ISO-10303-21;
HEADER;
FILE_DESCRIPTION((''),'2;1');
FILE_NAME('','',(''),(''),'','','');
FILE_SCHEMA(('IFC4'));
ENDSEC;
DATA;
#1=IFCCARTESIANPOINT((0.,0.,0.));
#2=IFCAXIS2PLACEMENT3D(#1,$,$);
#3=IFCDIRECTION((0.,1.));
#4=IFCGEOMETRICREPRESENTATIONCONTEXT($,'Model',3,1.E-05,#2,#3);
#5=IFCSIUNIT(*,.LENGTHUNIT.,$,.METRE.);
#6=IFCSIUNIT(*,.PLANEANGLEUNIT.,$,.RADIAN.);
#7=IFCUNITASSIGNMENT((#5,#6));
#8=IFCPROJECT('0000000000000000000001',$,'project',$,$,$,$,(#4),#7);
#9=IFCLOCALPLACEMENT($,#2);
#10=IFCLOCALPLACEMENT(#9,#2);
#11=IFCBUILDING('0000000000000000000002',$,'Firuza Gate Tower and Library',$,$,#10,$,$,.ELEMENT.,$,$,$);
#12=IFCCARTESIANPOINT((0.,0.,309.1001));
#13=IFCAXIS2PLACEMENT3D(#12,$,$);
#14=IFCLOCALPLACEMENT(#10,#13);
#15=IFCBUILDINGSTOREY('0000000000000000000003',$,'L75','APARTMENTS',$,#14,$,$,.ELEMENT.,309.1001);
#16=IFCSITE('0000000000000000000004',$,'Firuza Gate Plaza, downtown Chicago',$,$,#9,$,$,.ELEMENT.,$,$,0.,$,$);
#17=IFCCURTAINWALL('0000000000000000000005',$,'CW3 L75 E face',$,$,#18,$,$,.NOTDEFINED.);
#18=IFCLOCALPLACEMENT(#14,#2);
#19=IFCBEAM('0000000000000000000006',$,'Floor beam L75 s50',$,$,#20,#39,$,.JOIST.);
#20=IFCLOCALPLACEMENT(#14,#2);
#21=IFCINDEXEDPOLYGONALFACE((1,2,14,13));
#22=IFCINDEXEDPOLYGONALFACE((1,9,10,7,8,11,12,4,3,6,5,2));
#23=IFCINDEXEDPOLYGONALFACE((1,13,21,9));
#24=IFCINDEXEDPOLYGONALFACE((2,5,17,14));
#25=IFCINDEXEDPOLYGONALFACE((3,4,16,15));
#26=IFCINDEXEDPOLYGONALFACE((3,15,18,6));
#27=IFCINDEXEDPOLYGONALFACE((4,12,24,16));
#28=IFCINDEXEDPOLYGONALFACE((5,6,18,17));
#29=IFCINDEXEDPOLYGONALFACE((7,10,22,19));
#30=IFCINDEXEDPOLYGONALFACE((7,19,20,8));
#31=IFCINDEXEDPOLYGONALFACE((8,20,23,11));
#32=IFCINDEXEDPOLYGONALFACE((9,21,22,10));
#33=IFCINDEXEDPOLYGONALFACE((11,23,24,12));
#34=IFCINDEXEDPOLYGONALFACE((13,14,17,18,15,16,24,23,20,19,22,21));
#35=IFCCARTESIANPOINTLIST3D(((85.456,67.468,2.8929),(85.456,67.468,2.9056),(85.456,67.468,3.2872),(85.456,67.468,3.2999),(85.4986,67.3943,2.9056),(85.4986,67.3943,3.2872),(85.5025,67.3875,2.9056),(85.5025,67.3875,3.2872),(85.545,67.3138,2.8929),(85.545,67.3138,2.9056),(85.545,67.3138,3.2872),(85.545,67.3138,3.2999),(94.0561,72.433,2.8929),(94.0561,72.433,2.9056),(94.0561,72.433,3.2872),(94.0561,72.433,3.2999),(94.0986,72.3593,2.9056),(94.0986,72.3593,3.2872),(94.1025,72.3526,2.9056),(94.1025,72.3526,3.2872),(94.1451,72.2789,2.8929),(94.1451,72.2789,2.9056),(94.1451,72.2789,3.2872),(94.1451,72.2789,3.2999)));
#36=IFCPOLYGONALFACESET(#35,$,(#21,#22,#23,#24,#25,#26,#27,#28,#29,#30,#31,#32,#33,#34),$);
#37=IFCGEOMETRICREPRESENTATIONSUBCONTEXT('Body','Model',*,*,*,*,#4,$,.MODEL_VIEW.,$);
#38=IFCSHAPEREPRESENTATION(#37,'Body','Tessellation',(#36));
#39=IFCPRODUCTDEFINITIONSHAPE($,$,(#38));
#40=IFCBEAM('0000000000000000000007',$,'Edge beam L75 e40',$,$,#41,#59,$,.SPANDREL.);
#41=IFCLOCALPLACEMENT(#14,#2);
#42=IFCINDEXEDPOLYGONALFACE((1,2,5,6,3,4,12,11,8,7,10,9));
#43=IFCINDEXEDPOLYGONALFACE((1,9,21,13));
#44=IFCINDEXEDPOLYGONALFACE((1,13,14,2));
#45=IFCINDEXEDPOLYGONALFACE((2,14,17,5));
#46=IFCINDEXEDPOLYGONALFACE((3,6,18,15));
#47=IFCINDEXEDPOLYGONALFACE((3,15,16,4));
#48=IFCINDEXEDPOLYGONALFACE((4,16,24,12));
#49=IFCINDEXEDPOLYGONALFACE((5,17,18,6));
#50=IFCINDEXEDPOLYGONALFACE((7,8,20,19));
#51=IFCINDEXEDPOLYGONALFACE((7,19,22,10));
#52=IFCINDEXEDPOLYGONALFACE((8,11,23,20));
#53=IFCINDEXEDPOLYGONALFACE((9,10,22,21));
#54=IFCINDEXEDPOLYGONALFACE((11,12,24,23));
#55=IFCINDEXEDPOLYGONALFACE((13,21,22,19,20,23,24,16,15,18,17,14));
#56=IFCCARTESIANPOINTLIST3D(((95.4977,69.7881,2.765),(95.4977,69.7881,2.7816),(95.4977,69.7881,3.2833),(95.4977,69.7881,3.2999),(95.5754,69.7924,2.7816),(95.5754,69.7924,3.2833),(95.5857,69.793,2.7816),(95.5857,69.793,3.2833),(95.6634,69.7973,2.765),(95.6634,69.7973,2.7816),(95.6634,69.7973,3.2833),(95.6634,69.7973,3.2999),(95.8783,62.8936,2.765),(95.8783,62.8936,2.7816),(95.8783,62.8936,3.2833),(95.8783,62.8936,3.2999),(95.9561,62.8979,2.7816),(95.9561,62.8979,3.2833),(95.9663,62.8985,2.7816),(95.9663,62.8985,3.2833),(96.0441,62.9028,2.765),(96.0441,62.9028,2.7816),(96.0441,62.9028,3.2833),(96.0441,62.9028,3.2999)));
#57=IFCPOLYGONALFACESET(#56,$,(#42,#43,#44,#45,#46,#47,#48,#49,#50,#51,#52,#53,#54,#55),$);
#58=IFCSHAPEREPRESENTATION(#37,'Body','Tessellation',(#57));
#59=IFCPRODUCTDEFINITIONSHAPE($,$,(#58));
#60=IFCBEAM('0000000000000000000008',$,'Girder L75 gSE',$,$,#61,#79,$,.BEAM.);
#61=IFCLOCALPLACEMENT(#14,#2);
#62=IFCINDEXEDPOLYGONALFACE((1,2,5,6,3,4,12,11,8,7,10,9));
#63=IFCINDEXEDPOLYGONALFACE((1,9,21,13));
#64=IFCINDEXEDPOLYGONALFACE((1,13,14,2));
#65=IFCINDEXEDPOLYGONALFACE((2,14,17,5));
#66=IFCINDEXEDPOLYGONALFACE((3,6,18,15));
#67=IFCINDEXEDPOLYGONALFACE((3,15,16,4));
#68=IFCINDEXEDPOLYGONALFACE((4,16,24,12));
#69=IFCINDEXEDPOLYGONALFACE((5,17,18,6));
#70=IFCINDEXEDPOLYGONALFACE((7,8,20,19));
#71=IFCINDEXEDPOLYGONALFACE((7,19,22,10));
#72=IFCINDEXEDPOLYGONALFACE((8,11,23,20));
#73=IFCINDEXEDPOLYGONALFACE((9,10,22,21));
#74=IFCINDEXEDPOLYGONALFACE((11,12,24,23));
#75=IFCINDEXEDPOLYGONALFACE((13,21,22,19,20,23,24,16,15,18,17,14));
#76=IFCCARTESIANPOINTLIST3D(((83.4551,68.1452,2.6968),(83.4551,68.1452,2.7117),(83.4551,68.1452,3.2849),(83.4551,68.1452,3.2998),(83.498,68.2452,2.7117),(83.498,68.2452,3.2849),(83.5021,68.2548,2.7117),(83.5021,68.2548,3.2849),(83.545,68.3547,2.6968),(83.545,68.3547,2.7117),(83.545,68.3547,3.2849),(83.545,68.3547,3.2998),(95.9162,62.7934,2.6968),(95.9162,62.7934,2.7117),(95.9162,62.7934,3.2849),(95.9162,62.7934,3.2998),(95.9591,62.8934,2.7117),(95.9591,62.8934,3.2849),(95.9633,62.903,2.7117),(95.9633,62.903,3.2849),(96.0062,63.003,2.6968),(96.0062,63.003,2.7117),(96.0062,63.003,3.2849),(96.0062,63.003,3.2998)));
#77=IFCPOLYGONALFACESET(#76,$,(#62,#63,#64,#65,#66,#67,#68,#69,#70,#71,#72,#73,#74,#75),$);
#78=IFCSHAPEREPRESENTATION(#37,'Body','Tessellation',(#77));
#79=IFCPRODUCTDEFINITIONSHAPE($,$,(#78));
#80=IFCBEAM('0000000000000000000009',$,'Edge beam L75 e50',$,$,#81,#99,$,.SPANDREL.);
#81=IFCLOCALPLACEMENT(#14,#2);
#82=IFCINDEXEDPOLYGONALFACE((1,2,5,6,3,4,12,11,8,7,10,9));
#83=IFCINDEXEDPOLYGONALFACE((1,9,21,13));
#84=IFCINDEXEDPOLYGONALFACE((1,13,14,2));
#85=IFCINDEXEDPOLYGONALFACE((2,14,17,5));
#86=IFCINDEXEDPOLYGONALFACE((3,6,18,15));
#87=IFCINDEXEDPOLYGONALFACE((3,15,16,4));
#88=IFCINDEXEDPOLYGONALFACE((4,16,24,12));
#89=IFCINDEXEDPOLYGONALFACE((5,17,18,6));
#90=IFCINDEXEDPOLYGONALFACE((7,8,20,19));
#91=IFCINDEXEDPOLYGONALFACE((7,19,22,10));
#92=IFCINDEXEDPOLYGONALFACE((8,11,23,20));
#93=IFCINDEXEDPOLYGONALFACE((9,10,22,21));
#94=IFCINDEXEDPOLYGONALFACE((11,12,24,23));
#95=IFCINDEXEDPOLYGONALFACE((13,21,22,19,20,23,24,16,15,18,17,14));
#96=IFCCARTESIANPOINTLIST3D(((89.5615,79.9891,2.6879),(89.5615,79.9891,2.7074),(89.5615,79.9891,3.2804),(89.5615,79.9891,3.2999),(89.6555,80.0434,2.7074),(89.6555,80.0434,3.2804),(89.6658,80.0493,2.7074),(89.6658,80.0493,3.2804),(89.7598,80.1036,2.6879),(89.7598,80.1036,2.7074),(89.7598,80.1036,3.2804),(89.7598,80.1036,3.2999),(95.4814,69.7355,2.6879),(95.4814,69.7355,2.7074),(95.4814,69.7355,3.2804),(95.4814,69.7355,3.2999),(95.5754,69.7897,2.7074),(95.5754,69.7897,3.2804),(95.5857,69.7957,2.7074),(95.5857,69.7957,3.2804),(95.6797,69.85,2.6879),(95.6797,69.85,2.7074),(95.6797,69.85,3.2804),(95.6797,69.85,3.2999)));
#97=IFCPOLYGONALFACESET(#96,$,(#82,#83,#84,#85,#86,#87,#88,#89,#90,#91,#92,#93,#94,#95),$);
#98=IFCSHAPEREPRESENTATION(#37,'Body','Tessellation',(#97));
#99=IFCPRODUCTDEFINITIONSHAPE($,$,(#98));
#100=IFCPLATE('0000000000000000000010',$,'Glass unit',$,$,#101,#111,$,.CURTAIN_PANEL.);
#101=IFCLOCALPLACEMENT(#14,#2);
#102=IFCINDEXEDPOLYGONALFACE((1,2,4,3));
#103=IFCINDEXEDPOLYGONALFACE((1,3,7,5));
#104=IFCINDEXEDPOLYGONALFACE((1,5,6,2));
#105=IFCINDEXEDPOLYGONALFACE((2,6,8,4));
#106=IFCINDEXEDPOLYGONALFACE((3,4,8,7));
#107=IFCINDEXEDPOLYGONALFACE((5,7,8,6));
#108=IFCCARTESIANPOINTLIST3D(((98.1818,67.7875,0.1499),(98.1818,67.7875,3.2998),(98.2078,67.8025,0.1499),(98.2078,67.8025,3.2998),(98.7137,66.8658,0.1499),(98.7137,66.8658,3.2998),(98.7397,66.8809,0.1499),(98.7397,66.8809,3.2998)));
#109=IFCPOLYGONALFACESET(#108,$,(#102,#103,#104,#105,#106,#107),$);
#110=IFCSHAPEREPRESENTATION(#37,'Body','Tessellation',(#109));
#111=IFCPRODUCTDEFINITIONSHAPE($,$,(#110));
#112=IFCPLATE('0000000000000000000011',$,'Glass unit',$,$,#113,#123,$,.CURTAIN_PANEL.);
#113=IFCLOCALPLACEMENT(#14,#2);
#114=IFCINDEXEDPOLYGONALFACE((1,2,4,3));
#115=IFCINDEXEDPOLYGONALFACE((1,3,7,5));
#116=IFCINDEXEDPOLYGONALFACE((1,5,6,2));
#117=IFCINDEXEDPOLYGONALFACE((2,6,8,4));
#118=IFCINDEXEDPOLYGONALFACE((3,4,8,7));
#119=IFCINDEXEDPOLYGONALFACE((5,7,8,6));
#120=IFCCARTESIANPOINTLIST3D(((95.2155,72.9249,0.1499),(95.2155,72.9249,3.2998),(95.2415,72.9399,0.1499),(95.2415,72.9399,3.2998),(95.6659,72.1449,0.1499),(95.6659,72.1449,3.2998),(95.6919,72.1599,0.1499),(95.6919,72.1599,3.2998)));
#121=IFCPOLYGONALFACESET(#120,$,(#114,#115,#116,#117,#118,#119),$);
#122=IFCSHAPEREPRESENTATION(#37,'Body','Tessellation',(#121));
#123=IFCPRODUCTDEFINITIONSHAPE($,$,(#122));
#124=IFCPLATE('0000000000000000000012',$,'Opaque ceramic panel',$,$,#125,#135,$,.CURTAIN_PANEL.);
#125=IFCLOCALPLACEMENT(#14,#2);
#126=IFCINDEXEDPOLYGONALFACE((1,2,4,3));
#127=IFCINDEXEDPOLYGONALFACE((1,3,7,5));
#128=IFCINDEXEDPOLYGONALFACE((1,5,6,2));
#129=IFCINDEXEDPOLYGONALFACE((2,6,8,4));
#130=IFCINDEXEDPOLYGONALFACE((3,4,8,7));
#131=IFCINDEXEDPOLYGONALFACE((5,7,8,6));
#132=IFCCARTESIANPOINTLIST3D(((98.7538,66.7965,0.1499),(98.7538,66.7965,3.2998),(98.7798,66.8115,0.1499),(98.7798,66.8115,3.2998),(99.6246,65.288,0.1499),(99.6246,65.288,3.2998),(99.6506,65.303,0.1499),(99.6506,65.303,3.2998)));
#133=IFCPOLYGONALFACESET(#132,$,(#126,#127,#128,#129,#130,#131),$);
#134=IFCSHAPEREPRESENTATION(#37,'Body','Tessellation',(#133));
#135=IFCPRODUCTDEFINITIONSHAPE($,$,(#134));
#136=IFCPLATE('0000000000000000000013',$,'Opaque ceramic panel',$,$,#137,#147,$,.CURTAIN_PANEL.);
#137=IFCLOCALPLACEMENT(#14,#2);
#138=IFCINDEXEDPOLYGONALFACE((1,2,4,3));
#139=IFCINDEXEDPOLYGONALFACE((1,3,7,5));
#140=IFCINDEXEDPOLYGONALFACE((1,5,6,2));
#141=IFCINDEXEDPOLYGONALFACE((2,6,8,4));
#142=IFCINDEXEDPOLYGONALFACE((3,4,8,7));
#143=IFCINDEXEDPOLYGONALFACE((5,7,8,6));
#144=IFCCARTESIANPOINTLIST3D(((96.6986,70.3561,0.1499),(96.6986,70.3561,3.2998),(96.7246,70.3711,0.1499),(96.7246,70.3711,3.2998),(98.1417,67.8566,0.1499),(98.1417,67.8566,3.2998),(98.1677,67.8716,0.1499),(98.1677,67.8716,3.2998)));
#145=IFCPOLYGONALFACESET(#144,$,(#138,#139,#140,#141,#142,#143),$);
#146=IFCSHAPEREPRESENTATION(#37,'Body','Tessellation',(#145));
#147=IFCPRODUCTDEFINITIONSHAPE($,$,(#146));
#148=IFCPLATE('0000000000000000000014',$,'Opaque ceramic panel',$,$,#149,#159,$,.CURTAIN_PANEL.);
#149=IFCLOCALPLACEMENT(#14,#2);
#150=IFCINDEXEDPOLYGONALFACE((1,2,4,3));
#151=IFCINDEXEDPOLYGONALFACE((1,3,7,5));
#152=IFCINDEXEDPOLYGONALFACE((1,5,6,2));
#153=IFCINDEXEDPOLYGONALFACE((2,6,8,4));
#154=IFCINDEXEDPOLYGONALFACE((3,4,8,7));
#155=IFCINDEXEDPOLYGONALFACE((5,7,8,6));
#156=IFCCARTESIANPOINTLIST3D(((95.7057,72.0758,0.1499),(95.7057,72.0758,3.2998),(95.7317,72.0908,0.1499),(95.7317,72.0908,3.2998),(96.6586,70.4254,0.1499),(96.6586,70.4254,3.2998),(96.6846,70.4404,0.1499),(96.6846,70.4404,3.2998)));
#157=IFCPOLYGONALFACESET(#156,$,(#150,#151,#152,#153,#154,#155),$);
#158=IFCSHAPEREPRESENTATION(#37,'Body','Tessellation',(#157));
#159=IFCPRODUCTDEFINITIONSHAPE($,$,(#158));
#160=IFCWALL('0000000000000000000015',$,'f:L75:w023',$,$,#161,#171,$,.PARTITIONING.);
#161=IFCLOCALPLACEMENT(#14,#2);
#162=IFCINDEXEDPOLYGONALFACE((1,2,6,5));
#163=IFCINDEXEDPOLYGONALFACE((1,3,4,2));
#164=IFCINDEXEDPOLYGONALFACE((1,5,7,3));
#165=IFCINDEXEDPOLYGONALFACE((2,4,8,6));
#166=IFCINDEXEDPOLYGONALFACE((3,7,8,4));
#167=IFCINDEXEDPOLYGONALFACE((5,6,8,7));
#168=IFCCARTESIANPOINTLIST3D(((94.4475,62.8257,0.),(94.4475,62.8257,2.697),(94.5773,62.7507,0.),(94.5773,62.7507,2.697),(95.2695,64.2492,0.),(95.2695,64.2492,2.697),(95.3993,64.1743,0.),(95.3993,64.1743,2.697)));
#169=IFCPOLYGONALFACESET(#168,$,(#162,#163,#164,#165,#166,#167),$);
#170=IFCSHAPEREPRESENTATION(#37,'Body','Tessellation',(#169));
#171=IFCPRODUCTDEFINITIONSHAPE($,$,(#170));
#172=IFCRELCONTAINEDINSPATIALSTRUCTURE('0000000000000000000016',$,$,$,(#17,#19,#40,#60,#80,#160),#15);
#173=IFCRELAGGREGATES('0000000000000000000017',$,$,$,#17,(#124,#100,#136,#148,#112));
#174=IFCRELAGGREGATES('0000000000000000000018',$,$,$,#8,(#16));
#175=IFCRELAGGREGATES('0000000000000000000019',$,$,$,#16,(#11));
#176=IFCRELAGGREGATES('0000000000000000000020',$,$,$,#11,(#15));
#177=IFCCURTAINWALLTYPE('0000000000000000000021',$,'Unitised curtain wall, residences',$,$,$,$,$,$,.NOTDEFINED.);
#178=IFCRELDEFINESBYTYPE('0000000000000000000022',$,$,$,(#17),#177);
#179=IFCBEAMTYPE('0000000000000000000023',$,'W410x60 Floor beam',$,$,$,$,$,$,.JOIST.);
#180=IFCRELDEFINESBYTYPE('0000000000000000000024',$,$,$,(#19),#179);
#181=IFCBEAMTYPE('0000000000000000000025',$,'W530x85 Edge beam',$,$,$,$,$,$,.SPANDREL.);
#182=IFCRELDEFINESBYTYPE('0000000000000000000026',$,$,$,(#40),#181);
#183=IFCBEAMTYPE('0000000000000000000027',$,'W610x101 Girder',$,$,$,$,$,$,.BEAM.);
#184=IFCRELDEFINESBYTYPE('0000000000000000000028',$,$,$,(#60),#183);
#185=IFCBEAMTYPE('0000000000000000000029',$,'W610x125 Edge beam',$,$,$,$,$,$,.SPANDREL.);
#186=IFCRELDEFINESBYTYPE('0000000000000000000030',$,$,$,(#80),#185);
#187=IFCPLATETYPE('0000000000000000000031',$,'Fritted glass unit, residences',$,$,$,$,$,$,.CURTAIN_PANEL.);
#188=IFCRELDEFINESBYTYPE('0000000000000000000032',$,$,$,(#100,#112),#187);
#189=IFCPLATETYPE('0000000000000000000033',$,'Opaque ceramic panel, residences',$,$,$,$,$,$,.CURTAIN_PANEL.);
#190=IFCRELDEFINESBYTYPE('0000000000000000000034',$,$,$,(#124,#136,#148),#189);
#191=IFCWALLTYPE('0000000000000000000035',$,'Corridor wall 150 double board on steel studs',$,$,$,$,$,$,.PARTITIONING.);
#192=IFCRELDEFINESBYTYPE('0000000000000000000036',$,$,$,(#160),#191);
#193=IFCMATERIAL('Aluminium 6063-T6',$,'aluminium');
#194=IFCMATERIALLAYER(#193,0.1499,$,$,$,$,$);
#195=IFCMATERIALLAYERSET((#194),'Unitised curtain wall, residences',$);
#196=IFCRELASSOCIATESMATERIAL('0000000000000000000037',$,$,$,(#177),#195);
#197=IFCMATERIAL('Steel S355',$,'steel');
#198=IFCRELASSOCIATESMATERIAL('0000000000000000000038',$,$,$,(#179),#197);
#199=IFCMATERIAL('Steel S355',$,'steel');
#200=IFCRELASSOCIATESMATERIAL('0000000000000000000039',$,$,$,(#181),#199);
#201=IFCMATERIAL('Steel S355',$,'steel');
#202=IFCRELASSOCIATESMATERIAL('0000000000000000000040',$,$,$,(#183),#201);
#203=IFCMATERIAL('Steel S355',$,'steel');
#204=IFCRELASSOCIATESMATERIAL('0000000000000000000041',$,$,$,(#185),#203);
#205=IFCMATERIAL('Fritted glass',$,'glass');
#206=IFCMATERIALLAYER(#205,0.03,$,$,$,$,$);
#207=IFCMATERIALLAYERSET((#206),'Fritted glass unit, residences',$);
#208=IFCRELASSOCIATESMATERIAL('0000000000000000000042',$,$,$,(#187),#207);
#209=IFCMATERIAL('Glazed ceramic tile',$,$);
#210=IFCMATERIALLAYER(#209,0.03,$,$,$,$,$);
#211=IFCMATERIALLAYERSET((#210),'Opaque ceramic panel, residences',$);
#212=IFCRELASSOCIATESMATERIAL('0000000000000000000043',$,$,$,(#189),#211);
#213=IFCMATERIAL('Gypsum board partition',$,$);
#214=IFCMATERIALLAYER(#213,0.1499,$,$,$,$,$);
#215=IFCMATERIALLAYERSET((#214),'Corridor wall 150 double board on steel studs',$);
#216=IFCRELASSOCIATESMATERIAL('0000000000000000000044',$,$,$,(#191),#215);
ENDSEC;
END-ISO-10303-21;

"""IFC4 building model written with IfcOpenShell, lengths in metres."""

from ifc_helpers import new_model, si_unit, direction, frame, frame_2d, origin, origin_2d, place, context, subcontext, project, spatial, polyline, rectangle, i_section, outline, extrude, material, layer, layer_set, material_profile, profile_set, type_object, element, aggregate, save


model = new_model("IFC4")

# Units and contexts
model_context = context("Model", 3, precision=1e-05, world=origin(), true_north=direction((0.0, 1.0)))
body_context = subcontext(model_context, "Body", "Model", "MODEL_VIEW")
ifc_project = project(units=[si_unit("LENGTHUNIT", "METRE"), si_unit("PLANEANGLEUNIT", "RADIAN")], contexts=[model_context])

# Site, building, storey
site_placement = place(None, origin())
site = spatial("IfcSite", under=ifc_project, at=site_placement, Name="Firuza Gate Plaza, downtown Chicago", CompositionType="ELEMENT", RefElevation=0.0)
building_placement = place(site_placement, origin())
building = spatial("IfcBuilding", under=site, at=building_placement, Name="Firuza Gate Tower and Library", CompositionType="ELEMENT")
storey_placement = place(building_placement, frame((0.0, 0.0, 309.1001)))
storey = spatial("IfcBuildingStorey", under=building, at=storey_placement, Name="L75", Description="APARTMENTS", CompositionType="ELEMENT", Elevation=309.1001)

# Curtain wall
ifc_material_1 = material(Name="Aluminium 6063-T6", Category="aluminium")
ifc_layer_1 = layer(ifc_material_1, 0.1499)
ifc_layer_set_1 = layer_set([ifc_layer_1], Name="Unitised curtain wall, residences")
curtain_wall_type_1 = type_object("IfcCurtainWallType", Name="Unitised curtain wall, residences", PredefinedType="NOTDEFINED", material=ifc_layer_set_1)
placement = place(storey_placement, origin())
curtain_wall_1 = element("IfcCurtainWall", 1, at=placement, inside=storey, type_object=curtain_wall_type_1, Name="CW3 L75 E face", PredefinedType="NOTDEFINED")

# Beams
ifc_material_2 = material(Name="Steel S355", Category="steel")
ifc_material_profile_1 = material_profile(ifc_material_2, i_section(OverallWidth=0.178, OverallDepth=0.407, WebThickness=0.0078, FlangeThickness=0.0127, at=origin_2d()))
ifc_profile_set_1 = profile_set([ifc_material_profile_1], Name="Steel S355")
beam_type_1 = type_object("IfcBeamType", Name="W410x60 Floor beam", PredefinedType="JOIST", material=ifc_profile_set_1)
beam_1_placement = place(storey_placement, frame((94.1006, 72.356, 3.0964), z_axis=(-0.866033, -0.499986, 0.0), x_axis=(0.499986, -0.866033, 0.0)))
element("IfcBeam", 2, at=beam_1_placement, inside=storey, type_object=beam_type_1, Name="Floor beam L75 s50", PredefinedType="JOIST", context=body_context, shape_type="SweptSolid", body=[
    extrude(i_section(OverallWidth=0.178, OverallDepth=0.407, WebThickness=0.0078, FlangeThickness=0.0127, at=origin_2d()), origin(), (0.0, 0.0, 1.0), 9.9304),
])
ifc_material_3 = material(Name="Steel S355", Category="steel")
ifc_material_profile_2 = material_profile(ifc_material_3, i_section(OverallWidth=0.166, OverallDepth=0.5349, WebThickness=0.0103, FlangeThickness=0.0166, at=origin_2d()))
ifc_profile_set_2 = profile_set([ifc_material_profile_2], Name="Steel S355")
beam_type_2 = type_object("IfcBeamType", Name="W530x85 Edge beam", PredefinedType="SPANDREL", material=ifc_profile_set_2)
beam_2_placement = place(storey_placement, frame((95.9612, 62.8982, 3.0325), z_axis=(-0.055121, 0.99848, 0.0), x_axis=(-0.99848, -0.055121, 0.0)))
element("IfcBeam", 3, at=beam_2_placement, inside=storey, type_object=beam_type_2, Name="Edge beam L75 e40", PredefinedType="SPANDREL", context=body_context, shape_type="SweptSolid", body=[
    extrude(i_section(OverallWidth=0.166, OverallDepth=0.5349, WebThickness=0.0103, FlangeThickness=0.0166, at=origin_2d()), origin(), (0.0, 0.0, 1.0), 6.905),
])
ifc_material_4 = material(Name="Steel S355", Category="steel")
ifc_material_profile_3 = material_profile(ifc_material_4, i_section(OverallWidth=0.228, OverallDepth=0.603, WebThickness=0.0105, FlangeThickness=0.0149, at=origin_2d()))
ifc_profile_set_3 = profile_set([ifc_material_profile_3], Name="Steel S355")
beam_type_3 = type_object("IfcBeamType", Name="W610x101 Girder", PredefinedType="BEAM", material=ifc_profile_set_3)
beam_3_placement = place(storey_placement, frame((95.9612, 62.8982, 2.9983), z_axis=(-0.918843, 0.394623, 0.0), x_axis=(-0.394623, -0.918843, 0.0)))
element("IfcBeam", 4, at=beam_3_placement, inside=storey, type_object=beam_type_3, Name="Girder L75 gSE", PredefinedType="BEAM", context=body_context, shape_type="SweptSolid", body=[
    extrude(i_section(OverallWidth=0.228, OverallDepth=0.603, WebThickness=0.0105, FlangeThickness=0.0149, at=origin_2d()), origin(), (0.0, 0.0, 1.0), 13.5618),
])
ifc_material_5 = material(Name="Steel S355", Category="steel")
ifc_material_profile_4 = material_profile(ifc_material_5, i_section(OverallWidth=0.229, OverallDepth=0.6121, WebThickness=0.012, FlangeThickness=0.0195, at=origin_2d()))
ifc_profile_set_4 = profile_set([ifc_material_profile_4], Name="Steel S355")
beam_type_4 = type_object("IfcBeamType", Name="W610x125 Edge beam", PredefinedType="SPANDREL", material=ifc_profile_set_4)
beam_4_placement = place(storey_placement, frame((95.5806, 69.7927, 2.9939), z_axis=(-0.499998, 0.866027, 0.0), x_axis=(-0.866027, -0.499998, 0.0)))
element("IfcBeam", 5, at=beam_4_placement, inside=storey, type_object=beam_type_4, Name="Edge beam L75 e50", PredefinedType="SPANDREL", context=body_context, shape_type="SweptSolid", body=[
    extrude(i_section(OverallWidth=0.229, OverallDepth=0.6121, WebThickness=0.012, FlangeThickness=0.0195, at=origin_2d()), origin(), (0.0, 0.0, 1.0), 11.8398),
])

# Plates
ifc_material_6 = material(Name="Fritted glass", Category="glass")
ifc_layer_2 = layer(ifc_material_6, 0.03)
ifc_layer_set_2 = layer_set([ifc_layer_2], Name="Fritted glass unit, residences")
plate_type_1 = type_object("IfcPlateType", Name="Fritted glass unit, residences", PredefinedType="CURTAIN_PANEL", material=ifc_layer_set_2)
plate_1_placement = place(storey_placement, frame((98.7397, 66.8809, 0.1499), z_axis=(0.866075, 0.499914, 0.0), x_axis=(-0.499914, 0.866075, 0.0)))
plate_1 = element("IfcPlate", 6, at=plate_1_placement, type_object=plate_type_1, Name="Glass unit", PredefinedType="CURTAIN_PANEL", context=body_context, shape_type="SweptSolid", body=[
    extrude(outline(polyline([(0.0, 0.0), (1.0641, 0.0), (1.0641, 3.1499), (0.0, 3.1499), (0.0, 0.0)])), origin(), (0.0, 0.0, -1.0), 0.03),
])
plate_2_placement = place(storey_placement, frame((95.6919, 72.1599, 0.1499), z_axis=(0.865982, 0.500074, 0.0), x_axis=(-0.500074, 0.865982, 0.0)))
plate_2 = element("IfcPlate", 7, at=plate_2_placement, type_object=plate_type_1, Name="Glass unit", PredefinedType="CURTAIN_PANEL", context=body_context, shape_type="SweptSolid", body=[
    extrude(outline(polyline([(0.0, 0.0), (0.9007, 0.0), (0.9007, 3.1499), (0.0, 3.1499), (0.0, 0.0)])), origin(), (0.0, 0.0, -1.0), 0.03),
])
ifc_material_7 = material(Name="Glazed ceramic tile")
ifc_layer_3 = layer(ifc_material_7, 0.03)
ifc_layer_set_3 = layer_set([ifc_layer_3], Name="Opaque ceramic panel, residences")
plate_type_2 = type_object("IfcPlateType", Name="Opaque ceramic panel, residences", PredefinedType="CURTAIN_PANEL", material=ifc_layer_set_3)
plate_3_placement = place(storey_placement, frame((99.6506, 65.303, 0.1499), z_axis=(0.866053, 0.499953, 0.0), x_axis=(-0.499953, 0.866053, 0.0)))
plate_3 = element("IfcPlate", 8, at=plate_3_placement, type_object=plate_type_2, Name="Opaque ceramic panel", PredefinedType="CURTAIN_PANEL", context=body_context, shape_type="SweptSolid", body=[
    extrude(outline(polyline([(0.0, 0.0), (1.7419, 0.0), (1.7419, 3.1499), (0.0, 3.1499), (0.0, 0.0)])), origin(), (0.0, 0.0, -1.0), 0.03),
])
plate_4_placement = place(storey_placement, frame((98.1677, 67.8716, 0.1499), z_axis=(0.866022, 0.500006, 0.0), x_axis=(-0.500006, 0.866022, 0.0)))
plate_4 = element("IfcPlate", 9, at=plate_4_placement, type_object=plate_type_2, Name="Opaque ceramic panel", PredefinedType="CURTAIN_PANEL", context=body_context, shape_type="SweptSolid", body=[
    extrude(outline(polyline([(0.0, 0.0), (2.8862, 0.0), (2.8862, 3.1499), (0.0, 3.1499), (0.0, 0.0)])), origin(), (0.0, 0.0, -1.0), 0.03),
])
plate_5_placement = place(storey_placement, frame((96.6846, 70.4404, 0.1499), z_axis=(0.866019, 0.500011, 0.0), x_axis=(-0.500011, 0.866019, 0.0)))
plate_5 = element("IfcPlate", 10, at=plate_5_placement, type_object=plate_type_2, Name="Opaque ceramic panel", PredefinedType="CURTAIN_PANEL", context=body_context, shape_type="SweptSolid", body=[
    extrude(outline(polyline([(0.0, 0.0), (1.9057, 0.0), (1.9057, 3.1499), (0.0, 3.1499), (0.0, 0.0)])), origin(), (0.0, 0.0, -1.0), 0.03),
])
aggregate(curtain_wall_1, [plate_3, plate_1, plate_4, plate_5, plate_2])

# Wall
ifc_material_8 = material(Name="Gypsum board partition")
ifc_layer_4 = layer(ifc_material_8, 0.1499)
ifc_layer_set_4 = layer_set([ifc_layer_4], Name="Corridor wall 150 double board on steel studs")
wall_type_1 = type_object("IfcWallType", Name="Corridor wall 150 double board on steel studs", PredefinedType="PARTITIONING", material=ifc_layer_set_4)
wall_1_placement = place(storey_placement, frame((94.5125, 62.7883, 0.0), z_axis=(0.0, 0.0, 1.0), x_axis=(0.500052, 0.865995, 0.0)))
element("IfcWall", 11, at=wall_1_placement, inside=storey, type_object=wall_type_1, Name="f:L75:w023", PredefinedType="PARTITIONING", context=body_context, shape_type="SweptSolid", body=[
    extrude(rectangle(XDim=1.6438, YDim=0.1499, at=frame_2d((0.8218, 0.0))), origin(), (0.0, 0.0, 1.0), 2.697),
])

save(model, "model.ifc")
